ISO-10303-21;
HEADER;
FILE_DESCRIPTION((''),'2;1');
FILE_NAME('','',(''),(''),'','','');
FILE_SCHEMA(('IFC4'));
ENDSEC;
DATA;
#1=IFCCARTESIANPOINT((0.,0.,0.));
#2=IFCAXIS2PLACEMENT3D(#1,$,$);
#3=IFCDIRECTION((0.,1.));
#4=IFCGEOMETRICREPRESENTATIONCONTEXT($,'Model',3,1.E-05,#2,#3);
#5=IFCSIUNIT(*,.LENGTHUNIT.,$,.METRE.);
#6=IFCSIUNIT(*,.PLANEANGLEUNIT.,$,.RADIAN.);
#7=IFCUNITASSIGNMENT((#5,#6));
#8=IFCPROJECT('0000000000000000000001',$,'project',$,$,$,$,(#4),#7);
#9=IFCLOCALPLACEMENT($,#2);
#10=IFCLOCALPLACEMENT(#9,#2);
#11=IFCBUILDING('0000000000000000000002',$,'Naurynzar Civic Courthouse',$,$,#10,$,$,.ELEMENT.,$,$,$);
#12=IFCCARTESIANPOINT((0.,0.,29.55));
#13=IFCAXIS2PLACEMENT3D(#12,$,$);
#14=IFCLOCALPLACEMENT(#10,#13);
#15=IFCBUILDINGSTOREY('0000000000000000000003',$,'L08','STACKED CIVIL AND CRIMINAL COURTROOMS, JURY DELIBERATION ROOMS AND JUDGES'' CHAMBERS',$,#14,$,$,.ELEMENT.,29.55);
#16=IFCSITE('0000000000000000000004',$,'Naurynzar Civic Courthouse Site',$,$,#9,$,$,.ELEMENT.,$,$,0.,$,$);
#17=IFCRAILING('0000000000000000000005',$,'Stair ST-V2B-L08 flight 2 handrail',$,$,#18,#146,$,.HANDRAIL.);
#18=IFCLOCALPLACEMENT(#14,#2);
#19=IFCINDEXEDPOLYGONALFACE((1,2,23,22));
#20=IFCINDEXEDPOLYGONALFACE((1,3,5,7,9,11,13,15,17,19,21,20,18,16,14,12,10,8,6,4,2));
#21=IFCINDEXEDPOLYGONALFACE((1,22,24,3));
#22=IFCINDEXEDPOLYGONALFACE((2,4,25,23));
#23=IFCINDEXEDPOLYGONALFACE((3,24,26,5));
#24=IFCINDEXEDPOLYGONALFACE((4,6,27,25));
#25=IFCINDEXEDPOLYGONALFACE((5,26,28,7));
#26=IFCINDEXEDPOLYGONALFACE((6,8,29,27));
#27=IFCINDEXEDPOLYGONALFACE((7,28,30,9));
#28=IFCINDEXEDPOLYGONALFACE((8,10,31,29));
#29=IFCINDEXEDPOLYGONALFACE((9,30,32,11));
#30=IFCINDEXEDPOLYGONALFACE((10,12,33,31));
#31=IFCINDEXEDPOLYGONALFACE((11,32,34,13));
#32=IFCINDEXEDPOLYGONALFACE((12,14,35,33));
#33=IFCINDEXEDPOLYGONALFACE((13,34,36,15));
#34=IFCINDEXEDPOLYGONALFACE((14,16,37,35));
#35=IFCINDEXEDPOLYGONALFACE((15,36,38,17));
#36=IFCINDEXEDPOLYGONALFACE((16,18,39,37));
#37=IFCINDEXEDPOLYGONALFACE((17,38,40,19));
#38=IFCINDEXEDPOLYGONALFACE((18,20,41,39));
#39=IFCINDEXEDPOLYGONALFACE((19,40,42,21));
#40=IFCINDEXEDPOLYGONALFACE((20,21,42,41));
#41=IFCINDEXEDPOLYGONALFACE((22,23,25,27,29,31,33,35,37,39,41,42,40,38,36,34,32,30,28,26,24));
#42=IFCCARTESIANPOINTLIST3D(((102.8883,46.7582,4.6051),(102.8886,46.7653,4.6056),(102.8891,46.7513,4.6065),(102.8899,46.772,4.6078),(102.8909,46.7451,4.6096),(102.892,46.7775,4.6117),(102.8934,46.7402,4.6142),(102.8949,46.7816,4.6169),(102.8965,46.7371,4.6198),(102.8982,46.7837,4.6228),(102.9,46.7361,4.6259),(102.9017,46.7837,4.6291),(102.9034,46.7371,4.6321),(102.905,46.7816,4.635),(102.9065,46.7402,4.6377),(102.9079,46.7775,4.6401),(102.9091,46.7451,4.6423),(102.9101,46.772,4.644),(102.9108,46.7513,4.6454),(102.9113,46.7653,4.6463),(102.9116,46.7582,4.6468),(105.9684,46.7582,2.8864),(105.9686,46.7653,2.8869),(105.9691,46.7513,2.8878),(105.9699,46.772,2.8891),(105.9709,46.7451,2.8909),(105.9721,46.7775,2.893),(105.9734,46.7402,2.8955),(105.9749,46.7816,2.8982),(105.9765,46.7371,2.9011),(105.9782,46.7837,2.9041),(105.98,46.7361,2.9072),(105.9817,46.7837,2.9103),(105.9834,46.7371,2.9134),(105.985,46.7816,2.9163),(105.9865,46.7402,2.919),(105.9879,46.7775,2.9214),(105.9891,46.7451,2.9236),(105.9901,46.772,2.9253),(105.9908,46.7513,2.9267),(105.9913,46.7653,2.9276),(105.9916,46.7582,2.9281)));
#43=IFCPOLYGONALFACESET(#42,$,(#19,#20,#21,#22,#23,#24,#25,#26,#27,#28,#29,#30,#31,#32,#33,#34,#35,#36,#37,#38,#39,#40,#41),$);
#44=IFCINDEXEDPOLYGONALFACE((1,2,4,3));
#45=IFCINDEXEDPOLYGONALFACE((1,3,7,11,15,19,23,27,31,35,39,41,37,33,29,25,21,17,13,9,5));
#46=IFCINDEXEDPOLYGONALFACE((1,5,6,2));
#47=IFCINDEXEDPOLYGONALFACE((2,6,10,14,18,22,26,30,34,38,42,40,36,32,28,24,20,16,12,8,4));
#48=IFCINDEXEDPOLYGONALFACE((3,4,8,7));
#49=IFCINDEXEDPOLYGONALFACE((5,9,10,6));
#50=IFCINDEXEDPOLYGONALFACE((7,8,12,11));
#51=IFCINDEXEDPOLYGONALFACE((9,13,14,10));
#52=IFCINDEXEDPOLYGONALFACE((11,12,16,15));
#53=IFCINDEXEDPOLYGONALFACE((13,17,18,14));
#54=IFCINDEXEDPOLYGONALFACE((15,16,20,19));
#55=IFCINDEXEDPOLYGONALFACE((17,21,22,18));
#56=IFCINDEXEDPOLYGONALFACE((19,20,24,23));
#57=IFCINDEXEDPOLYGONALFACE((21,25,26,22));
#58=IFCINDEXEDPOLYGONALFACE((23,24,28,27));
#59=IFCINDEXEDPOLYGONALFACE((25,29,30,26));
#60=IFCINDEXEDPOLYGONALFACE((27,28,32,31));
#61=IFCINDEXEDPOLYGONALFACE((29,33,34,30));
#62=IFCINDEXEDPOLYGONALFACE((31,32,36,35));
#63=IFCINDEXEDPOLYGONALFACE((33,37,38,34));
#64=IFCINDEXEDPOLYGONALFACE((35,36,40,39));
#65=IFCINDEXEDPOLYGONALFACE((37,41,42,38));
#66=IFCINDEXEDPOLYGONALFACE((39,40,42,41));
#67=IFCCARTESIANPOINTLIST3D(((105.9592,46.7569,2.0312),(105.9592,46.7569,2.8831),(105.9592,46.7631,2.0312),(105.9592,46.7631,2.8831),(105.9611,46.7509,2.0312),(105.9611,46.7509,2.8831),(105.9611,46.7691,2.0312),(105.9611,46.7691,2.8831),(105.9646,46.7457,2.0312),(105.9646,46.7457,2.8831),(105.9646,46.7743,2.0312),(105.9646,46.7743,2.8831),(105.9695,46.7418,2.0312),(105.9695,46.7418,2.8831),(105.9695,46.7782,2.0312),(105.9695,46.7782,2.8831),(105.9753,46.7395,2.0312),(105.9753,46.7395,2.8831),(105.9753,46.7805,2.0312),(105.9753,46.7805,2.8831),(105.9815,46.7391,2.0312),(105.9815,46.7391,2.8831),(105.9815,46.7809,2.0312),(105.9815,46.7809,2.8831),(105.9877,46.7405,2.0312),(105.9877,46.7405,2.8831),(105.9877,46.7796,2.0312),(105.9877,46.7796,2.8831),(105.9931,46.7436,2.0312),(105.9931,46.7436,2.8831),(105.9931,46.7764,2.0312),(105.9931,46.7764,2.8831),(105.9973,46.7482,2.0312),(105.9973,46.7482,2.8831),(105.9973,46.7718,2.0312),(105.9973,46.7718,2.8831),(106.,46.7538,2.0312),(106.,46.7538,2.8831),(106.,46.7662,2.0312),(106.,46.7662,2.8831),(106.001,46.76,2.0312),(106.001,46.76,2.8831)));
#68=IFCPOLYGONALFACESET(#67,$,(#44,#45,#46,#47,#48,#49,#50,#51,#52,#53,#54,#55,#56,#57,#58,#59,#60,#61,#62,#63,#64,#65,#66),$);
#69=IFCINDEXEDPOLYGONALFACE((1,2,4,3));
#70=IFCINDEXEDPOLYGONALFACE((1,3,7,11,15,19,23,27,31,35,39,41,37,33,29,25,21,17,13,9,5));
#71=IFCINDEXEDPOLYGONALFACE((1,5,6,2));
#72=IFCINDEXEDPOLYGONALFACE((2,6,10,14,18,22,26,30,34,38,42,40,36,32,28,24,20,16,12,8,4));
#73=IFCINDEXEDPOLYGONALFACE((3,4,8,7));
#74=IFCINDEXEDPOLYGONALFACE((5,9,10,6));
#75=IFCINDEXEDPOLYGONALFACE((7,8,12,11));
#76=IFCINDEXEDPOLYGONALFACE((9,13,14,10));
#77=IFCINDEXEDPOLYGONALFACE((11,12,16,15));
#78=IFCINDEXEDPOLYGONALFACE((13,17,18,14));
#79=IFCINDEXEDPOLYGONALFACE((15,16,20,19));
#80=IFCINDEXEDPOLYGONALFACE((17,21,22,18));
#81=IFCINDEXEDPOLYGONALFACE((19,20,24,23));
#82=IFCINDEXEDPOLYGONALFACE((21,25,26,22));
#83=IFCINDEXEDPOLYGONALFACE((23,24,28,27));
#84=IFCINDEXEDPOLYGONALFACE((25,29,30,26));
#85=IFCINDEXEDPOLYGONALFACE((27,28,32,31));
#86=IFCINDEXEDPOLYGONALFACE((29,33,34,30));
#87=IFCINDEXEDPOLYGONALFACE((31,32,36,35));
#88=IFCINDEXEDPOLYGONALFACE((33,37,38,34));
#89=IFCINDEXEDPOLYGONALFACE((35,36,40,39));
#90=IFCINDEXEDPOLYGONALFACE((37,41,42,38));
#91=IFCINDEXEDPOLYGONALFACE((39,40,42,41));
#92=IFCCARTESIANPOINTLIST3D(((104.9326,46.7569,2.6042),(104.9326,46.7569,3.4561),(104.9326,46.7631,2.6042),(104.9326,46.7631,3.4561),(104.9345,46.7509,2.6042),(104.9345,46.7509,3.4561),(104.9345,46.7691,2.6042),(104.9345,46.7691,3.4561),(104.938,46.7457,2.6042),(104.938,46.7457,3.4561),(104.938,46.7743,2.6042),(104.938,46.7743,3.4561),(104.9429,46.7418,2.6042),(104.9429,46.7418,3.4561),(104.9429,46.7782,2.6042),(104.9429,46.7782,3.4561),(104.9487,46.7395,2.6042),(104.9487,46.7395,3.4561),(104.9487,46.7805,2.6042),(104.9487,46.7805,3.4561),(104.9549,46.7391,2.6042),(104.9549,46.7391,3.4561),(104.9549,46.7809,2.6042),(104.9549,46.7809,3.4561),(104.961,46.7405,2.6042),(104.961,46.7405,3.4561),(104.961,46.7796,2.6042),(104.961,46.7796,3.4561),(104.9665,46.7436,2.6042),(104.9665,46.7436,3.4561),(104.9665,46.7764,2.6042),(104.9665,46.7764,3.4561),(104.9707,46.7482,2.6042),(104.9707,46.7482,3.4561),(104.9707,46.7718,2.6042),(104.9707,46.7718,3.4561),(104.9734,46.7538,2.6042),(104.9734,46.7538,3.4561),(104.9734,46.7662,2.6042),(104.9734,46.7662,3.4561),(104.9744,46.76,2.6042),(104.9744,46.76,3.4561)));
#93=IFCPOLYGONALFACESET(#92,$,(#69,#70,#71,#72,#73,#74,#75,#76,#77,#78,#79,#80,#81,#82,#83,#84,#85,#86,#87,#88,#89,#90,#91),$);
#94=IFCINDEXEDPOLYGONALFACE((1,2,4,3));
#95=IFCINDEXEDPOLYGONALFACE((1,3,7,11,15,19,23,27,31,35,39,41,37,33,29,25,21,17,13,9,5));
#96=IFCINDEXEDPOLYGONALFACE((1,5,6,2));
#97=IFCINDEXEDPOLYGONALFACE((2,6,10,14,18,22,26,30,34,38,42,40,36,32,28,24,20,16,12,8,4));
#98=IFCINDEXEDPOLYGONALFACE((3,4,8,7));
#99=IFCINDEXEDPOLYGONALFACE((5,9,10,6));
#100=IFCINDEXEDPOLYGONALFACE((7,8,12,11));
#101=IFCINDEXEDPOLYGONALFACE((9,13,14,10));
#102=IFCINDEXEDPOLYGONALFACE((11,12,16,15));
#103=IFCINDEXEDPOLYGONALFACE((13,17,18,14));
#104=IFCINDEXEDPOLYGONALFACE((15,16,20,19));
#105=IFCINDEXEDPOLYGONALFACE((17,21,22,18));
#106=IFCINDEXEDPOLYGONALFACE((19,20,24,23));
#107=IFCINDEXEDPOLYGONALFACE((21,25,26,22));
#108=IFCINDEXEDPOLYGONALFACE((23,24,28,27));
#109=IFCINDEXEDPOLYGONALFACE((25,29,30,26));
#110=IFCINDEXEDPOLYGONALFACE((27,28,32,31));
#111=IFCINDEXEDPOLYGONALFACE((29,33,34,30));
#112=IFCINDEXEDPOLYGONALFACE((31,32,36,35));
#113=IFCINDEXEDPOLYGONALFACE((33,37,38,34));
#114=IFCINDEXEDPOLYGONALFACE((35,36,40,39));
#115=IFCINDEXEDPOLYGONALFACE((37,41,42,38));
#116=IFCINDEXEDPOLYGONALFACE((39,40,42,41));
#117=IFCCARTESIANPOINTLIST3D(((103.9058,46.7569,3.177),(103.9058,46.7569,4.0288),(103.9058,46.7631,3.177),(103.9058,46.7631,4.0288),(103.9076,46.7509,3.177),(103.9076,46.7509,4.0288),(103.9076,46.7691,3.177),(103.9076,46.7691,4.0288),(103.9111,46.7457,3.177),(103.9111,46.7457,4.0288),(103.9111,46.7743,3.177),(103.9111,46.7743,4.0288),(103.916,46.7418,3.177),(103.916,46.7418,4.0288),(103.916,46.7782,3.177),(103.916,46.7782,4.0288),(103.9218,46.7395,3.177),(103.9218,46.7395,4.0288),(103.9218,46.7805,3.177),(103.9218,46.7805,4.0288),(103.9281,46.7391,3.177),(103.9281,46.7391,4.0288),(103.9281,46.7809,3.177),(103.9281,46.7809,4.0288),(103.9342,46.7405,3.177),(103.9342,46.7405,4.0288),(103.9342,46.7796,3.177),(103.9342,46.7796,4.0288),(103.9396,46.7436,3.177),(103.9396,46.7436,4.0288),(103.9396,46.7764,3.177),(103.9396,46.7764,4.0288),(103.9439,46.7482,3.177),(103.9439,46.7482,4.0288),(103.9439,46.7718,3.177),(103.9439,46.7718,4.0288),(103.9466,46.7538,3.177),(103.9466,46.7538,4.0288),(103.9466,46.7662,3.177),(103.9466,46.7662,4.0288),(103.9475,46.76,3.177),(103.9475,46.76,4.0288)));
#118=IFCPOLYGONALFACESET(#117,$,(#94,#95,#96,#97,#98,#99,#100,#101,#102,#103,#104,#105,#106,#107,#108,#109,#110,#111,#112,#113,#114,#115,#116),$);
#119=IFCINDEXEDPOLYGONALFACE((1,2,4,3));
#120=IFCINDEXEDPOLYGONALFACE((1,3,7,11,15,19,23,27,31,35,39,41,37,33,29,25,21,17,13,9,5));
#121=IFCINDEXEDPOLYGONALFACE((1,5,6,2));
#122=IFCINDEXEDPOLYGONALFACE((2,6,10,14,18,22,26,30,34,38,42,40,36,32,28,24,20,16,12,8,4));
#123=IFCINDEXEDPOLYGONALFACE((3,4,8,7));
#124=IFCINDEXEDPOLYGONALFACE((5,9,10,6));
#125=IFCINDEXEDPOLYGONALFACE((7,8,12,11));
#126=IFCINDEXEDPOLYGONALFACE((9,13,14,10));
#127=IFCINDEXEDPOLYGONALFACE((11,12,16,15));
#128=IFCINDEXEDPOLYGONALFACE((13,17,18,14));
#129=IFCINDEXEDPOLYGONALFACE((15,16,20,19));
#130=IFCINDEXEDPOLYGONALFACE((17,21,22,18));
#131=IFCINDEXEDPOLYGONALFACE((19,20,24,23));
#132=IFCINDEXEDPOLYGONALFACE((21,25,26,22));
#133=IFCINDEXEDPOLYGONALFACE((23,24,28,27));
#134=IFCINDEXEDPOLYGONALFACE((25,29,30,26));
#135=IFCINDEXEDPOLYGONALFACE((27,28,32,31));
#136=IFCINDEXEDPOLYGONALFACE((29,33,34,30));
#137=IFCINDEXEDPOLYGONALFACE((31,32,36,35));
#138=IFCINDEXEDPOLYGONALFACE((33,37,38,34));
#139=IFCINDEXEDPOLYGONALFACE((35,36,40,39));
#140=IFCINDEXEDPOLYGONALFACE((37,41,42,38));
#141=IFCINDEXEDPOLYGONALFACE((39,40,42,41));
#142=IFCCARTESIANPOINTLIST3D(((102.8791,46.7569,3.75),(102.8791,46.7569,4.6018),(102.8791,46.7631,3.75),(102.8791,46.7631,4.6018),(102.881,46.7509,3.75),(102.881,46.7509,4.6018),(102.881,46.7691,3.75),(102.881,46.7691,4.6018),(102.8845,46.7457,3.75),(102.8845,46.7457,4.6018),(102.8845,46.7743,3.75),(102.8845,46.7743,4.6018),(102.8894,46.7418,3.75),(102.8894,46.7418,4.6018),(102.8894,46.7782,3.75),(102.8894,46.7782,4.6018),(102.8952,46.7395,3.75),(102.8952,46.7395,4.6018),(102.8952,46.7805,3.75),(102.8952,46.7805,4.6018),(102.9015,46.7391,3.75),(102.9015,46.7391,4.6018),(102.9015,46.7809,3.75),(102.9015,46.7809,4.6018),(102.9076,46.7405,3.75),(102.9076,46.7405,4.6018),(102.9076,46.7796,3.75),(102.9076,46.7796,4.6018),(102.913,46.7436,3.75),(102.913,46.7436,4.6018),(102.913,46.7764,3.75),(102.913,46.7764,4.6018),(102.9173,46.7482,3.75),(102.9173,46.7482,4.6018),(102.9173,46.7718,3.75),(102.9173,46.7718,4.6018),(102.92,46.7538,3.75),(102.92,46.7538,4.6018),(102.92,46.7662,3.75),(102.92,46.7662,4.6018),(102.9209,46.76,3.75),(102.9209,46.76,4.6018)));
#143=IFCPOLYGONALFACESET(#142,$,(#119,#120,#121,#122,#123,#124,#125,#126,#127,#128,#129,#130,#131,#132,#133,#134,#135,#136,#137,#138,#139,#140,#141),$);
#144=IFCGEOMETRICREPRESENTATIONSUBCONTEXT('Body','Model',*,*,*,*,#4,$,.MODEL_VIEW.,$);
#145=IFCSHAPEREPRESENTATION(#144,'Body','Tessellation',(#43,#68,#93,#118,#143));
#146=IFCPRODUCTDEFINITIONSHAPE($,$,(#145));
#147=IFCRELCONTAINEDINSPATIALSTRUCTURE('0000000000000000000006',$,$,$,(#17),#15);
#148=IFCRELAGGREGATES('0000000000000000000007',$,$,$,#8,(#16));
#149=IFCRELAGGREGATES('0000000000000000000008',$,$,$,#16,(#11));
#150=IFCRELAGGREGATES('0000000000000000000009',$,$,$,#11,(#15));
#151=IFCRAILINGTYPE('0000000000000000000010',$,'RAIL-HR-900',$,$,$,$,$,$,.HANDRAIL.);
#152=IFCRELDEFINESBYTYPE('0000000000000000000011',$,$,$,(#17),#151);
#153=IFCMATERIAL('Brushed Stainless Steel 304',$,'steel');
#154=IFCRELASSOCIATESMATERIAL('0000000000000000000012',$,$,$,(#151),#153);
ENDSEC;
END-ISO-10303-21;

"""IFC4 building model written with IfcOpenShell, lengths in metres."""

from ifc_helpers import new_model, si_unit, direction, frame, origin, origin_2d, place, context, subcontext, project, spatial, circle, extrude, material, type_object, element, save


model = new_model("IFC4")

# Units and contexts
model_context = context("Model", 3, precision=1e-05, world=origin(), true_north=direction((0.0, 1.0)))
body_context = subcontext(model_context, "Body", "Model", "MODEL_VIEW")
ifc_project = project(units=[si_unit("LENGTHUNIT", "METRE"), si_unit("PLANEANGLEUNIT", "RADIAN")], contexts=[model_context])

# Site, building, storey
site_placement = place(None, origin())
site = spatial("IfcSite", under=ifc_project, at=site_placement, Name="Naurynzar Civic Courthouse Site", CompositionType="ELEMENT", RefElevation=0.0)
building_placement = place(site_placement, origin())
building = spatial("IfcBuilding", under=site, at=building_placement, Name="Naurynzar Civic Courthouse", CompositionType="ELEMENT")
storey_placement = place(building_placement, frame((0.0, 0.0, 29.55)))
storey = spatial("IfcBuildingStorey", under=building, at=storey_placement, Name="L08", Description="STACKED CIVIL AND CRIMINAL COURTROOMS, JURY DELIBERATION ROOMS AND JUDGES' CHAMBERS", CompositionType="ELEMENT", Elevation=29.55)

# Railing
ifc_material_1 = material(Name="Brushed Stainless Steel 304", Category="steel")
railing_type_1 = type_object("IfcRailingType", Name="RAIL-HR-900", PredefinedType="HANDRAIL", material=ifc_material_1)
railing_1_placement = place(storey_placement, frame((105.98, 46.76, 2.0312)))
element("IfcRailing", 1, at=railing_1_placement, inside=storey, type_object=railing_type_1, Name="Stair ST-V2B-L08 flight 2 handrail", PredefinedType="HANDRAIL", context=body_context, shape_type="SweptSolid", body=[
    extrude(circle(Radius=0.0239, at=origin_2d()), frame((0.0, 0.0, 0.876), z_axis=(-0.873242, 0.0, 0.487288), x_axis=(0.0, -1.0, 0.0)), (0.0, 0.0, 1.0), 3.5271),
    extrude(circle(Radius=0.021, at=origin_2d()), origin(), (0.0, 0.0, 1.0), 0.8518),
    extrude(circle(Radius=0.021, at=origin_2d()), frame((-1.0266, 0.0, 0.573)), (0.0, 0.0, 1.0), 0.8518),
    extrude(circle(Radius=0.021, at=origin_2d()), frame((-2.0535, 0.0, 1.1458)), (0.0, 0.0, 1.0), 0.8518),
    extrude(circle(Radius=0.021, at=origin_2d()), frame((-3.0801, 0.0, 1.7188)), (0.0, 0.0, 1.0), 0.8518),
])

save(model, "model.ifc")
